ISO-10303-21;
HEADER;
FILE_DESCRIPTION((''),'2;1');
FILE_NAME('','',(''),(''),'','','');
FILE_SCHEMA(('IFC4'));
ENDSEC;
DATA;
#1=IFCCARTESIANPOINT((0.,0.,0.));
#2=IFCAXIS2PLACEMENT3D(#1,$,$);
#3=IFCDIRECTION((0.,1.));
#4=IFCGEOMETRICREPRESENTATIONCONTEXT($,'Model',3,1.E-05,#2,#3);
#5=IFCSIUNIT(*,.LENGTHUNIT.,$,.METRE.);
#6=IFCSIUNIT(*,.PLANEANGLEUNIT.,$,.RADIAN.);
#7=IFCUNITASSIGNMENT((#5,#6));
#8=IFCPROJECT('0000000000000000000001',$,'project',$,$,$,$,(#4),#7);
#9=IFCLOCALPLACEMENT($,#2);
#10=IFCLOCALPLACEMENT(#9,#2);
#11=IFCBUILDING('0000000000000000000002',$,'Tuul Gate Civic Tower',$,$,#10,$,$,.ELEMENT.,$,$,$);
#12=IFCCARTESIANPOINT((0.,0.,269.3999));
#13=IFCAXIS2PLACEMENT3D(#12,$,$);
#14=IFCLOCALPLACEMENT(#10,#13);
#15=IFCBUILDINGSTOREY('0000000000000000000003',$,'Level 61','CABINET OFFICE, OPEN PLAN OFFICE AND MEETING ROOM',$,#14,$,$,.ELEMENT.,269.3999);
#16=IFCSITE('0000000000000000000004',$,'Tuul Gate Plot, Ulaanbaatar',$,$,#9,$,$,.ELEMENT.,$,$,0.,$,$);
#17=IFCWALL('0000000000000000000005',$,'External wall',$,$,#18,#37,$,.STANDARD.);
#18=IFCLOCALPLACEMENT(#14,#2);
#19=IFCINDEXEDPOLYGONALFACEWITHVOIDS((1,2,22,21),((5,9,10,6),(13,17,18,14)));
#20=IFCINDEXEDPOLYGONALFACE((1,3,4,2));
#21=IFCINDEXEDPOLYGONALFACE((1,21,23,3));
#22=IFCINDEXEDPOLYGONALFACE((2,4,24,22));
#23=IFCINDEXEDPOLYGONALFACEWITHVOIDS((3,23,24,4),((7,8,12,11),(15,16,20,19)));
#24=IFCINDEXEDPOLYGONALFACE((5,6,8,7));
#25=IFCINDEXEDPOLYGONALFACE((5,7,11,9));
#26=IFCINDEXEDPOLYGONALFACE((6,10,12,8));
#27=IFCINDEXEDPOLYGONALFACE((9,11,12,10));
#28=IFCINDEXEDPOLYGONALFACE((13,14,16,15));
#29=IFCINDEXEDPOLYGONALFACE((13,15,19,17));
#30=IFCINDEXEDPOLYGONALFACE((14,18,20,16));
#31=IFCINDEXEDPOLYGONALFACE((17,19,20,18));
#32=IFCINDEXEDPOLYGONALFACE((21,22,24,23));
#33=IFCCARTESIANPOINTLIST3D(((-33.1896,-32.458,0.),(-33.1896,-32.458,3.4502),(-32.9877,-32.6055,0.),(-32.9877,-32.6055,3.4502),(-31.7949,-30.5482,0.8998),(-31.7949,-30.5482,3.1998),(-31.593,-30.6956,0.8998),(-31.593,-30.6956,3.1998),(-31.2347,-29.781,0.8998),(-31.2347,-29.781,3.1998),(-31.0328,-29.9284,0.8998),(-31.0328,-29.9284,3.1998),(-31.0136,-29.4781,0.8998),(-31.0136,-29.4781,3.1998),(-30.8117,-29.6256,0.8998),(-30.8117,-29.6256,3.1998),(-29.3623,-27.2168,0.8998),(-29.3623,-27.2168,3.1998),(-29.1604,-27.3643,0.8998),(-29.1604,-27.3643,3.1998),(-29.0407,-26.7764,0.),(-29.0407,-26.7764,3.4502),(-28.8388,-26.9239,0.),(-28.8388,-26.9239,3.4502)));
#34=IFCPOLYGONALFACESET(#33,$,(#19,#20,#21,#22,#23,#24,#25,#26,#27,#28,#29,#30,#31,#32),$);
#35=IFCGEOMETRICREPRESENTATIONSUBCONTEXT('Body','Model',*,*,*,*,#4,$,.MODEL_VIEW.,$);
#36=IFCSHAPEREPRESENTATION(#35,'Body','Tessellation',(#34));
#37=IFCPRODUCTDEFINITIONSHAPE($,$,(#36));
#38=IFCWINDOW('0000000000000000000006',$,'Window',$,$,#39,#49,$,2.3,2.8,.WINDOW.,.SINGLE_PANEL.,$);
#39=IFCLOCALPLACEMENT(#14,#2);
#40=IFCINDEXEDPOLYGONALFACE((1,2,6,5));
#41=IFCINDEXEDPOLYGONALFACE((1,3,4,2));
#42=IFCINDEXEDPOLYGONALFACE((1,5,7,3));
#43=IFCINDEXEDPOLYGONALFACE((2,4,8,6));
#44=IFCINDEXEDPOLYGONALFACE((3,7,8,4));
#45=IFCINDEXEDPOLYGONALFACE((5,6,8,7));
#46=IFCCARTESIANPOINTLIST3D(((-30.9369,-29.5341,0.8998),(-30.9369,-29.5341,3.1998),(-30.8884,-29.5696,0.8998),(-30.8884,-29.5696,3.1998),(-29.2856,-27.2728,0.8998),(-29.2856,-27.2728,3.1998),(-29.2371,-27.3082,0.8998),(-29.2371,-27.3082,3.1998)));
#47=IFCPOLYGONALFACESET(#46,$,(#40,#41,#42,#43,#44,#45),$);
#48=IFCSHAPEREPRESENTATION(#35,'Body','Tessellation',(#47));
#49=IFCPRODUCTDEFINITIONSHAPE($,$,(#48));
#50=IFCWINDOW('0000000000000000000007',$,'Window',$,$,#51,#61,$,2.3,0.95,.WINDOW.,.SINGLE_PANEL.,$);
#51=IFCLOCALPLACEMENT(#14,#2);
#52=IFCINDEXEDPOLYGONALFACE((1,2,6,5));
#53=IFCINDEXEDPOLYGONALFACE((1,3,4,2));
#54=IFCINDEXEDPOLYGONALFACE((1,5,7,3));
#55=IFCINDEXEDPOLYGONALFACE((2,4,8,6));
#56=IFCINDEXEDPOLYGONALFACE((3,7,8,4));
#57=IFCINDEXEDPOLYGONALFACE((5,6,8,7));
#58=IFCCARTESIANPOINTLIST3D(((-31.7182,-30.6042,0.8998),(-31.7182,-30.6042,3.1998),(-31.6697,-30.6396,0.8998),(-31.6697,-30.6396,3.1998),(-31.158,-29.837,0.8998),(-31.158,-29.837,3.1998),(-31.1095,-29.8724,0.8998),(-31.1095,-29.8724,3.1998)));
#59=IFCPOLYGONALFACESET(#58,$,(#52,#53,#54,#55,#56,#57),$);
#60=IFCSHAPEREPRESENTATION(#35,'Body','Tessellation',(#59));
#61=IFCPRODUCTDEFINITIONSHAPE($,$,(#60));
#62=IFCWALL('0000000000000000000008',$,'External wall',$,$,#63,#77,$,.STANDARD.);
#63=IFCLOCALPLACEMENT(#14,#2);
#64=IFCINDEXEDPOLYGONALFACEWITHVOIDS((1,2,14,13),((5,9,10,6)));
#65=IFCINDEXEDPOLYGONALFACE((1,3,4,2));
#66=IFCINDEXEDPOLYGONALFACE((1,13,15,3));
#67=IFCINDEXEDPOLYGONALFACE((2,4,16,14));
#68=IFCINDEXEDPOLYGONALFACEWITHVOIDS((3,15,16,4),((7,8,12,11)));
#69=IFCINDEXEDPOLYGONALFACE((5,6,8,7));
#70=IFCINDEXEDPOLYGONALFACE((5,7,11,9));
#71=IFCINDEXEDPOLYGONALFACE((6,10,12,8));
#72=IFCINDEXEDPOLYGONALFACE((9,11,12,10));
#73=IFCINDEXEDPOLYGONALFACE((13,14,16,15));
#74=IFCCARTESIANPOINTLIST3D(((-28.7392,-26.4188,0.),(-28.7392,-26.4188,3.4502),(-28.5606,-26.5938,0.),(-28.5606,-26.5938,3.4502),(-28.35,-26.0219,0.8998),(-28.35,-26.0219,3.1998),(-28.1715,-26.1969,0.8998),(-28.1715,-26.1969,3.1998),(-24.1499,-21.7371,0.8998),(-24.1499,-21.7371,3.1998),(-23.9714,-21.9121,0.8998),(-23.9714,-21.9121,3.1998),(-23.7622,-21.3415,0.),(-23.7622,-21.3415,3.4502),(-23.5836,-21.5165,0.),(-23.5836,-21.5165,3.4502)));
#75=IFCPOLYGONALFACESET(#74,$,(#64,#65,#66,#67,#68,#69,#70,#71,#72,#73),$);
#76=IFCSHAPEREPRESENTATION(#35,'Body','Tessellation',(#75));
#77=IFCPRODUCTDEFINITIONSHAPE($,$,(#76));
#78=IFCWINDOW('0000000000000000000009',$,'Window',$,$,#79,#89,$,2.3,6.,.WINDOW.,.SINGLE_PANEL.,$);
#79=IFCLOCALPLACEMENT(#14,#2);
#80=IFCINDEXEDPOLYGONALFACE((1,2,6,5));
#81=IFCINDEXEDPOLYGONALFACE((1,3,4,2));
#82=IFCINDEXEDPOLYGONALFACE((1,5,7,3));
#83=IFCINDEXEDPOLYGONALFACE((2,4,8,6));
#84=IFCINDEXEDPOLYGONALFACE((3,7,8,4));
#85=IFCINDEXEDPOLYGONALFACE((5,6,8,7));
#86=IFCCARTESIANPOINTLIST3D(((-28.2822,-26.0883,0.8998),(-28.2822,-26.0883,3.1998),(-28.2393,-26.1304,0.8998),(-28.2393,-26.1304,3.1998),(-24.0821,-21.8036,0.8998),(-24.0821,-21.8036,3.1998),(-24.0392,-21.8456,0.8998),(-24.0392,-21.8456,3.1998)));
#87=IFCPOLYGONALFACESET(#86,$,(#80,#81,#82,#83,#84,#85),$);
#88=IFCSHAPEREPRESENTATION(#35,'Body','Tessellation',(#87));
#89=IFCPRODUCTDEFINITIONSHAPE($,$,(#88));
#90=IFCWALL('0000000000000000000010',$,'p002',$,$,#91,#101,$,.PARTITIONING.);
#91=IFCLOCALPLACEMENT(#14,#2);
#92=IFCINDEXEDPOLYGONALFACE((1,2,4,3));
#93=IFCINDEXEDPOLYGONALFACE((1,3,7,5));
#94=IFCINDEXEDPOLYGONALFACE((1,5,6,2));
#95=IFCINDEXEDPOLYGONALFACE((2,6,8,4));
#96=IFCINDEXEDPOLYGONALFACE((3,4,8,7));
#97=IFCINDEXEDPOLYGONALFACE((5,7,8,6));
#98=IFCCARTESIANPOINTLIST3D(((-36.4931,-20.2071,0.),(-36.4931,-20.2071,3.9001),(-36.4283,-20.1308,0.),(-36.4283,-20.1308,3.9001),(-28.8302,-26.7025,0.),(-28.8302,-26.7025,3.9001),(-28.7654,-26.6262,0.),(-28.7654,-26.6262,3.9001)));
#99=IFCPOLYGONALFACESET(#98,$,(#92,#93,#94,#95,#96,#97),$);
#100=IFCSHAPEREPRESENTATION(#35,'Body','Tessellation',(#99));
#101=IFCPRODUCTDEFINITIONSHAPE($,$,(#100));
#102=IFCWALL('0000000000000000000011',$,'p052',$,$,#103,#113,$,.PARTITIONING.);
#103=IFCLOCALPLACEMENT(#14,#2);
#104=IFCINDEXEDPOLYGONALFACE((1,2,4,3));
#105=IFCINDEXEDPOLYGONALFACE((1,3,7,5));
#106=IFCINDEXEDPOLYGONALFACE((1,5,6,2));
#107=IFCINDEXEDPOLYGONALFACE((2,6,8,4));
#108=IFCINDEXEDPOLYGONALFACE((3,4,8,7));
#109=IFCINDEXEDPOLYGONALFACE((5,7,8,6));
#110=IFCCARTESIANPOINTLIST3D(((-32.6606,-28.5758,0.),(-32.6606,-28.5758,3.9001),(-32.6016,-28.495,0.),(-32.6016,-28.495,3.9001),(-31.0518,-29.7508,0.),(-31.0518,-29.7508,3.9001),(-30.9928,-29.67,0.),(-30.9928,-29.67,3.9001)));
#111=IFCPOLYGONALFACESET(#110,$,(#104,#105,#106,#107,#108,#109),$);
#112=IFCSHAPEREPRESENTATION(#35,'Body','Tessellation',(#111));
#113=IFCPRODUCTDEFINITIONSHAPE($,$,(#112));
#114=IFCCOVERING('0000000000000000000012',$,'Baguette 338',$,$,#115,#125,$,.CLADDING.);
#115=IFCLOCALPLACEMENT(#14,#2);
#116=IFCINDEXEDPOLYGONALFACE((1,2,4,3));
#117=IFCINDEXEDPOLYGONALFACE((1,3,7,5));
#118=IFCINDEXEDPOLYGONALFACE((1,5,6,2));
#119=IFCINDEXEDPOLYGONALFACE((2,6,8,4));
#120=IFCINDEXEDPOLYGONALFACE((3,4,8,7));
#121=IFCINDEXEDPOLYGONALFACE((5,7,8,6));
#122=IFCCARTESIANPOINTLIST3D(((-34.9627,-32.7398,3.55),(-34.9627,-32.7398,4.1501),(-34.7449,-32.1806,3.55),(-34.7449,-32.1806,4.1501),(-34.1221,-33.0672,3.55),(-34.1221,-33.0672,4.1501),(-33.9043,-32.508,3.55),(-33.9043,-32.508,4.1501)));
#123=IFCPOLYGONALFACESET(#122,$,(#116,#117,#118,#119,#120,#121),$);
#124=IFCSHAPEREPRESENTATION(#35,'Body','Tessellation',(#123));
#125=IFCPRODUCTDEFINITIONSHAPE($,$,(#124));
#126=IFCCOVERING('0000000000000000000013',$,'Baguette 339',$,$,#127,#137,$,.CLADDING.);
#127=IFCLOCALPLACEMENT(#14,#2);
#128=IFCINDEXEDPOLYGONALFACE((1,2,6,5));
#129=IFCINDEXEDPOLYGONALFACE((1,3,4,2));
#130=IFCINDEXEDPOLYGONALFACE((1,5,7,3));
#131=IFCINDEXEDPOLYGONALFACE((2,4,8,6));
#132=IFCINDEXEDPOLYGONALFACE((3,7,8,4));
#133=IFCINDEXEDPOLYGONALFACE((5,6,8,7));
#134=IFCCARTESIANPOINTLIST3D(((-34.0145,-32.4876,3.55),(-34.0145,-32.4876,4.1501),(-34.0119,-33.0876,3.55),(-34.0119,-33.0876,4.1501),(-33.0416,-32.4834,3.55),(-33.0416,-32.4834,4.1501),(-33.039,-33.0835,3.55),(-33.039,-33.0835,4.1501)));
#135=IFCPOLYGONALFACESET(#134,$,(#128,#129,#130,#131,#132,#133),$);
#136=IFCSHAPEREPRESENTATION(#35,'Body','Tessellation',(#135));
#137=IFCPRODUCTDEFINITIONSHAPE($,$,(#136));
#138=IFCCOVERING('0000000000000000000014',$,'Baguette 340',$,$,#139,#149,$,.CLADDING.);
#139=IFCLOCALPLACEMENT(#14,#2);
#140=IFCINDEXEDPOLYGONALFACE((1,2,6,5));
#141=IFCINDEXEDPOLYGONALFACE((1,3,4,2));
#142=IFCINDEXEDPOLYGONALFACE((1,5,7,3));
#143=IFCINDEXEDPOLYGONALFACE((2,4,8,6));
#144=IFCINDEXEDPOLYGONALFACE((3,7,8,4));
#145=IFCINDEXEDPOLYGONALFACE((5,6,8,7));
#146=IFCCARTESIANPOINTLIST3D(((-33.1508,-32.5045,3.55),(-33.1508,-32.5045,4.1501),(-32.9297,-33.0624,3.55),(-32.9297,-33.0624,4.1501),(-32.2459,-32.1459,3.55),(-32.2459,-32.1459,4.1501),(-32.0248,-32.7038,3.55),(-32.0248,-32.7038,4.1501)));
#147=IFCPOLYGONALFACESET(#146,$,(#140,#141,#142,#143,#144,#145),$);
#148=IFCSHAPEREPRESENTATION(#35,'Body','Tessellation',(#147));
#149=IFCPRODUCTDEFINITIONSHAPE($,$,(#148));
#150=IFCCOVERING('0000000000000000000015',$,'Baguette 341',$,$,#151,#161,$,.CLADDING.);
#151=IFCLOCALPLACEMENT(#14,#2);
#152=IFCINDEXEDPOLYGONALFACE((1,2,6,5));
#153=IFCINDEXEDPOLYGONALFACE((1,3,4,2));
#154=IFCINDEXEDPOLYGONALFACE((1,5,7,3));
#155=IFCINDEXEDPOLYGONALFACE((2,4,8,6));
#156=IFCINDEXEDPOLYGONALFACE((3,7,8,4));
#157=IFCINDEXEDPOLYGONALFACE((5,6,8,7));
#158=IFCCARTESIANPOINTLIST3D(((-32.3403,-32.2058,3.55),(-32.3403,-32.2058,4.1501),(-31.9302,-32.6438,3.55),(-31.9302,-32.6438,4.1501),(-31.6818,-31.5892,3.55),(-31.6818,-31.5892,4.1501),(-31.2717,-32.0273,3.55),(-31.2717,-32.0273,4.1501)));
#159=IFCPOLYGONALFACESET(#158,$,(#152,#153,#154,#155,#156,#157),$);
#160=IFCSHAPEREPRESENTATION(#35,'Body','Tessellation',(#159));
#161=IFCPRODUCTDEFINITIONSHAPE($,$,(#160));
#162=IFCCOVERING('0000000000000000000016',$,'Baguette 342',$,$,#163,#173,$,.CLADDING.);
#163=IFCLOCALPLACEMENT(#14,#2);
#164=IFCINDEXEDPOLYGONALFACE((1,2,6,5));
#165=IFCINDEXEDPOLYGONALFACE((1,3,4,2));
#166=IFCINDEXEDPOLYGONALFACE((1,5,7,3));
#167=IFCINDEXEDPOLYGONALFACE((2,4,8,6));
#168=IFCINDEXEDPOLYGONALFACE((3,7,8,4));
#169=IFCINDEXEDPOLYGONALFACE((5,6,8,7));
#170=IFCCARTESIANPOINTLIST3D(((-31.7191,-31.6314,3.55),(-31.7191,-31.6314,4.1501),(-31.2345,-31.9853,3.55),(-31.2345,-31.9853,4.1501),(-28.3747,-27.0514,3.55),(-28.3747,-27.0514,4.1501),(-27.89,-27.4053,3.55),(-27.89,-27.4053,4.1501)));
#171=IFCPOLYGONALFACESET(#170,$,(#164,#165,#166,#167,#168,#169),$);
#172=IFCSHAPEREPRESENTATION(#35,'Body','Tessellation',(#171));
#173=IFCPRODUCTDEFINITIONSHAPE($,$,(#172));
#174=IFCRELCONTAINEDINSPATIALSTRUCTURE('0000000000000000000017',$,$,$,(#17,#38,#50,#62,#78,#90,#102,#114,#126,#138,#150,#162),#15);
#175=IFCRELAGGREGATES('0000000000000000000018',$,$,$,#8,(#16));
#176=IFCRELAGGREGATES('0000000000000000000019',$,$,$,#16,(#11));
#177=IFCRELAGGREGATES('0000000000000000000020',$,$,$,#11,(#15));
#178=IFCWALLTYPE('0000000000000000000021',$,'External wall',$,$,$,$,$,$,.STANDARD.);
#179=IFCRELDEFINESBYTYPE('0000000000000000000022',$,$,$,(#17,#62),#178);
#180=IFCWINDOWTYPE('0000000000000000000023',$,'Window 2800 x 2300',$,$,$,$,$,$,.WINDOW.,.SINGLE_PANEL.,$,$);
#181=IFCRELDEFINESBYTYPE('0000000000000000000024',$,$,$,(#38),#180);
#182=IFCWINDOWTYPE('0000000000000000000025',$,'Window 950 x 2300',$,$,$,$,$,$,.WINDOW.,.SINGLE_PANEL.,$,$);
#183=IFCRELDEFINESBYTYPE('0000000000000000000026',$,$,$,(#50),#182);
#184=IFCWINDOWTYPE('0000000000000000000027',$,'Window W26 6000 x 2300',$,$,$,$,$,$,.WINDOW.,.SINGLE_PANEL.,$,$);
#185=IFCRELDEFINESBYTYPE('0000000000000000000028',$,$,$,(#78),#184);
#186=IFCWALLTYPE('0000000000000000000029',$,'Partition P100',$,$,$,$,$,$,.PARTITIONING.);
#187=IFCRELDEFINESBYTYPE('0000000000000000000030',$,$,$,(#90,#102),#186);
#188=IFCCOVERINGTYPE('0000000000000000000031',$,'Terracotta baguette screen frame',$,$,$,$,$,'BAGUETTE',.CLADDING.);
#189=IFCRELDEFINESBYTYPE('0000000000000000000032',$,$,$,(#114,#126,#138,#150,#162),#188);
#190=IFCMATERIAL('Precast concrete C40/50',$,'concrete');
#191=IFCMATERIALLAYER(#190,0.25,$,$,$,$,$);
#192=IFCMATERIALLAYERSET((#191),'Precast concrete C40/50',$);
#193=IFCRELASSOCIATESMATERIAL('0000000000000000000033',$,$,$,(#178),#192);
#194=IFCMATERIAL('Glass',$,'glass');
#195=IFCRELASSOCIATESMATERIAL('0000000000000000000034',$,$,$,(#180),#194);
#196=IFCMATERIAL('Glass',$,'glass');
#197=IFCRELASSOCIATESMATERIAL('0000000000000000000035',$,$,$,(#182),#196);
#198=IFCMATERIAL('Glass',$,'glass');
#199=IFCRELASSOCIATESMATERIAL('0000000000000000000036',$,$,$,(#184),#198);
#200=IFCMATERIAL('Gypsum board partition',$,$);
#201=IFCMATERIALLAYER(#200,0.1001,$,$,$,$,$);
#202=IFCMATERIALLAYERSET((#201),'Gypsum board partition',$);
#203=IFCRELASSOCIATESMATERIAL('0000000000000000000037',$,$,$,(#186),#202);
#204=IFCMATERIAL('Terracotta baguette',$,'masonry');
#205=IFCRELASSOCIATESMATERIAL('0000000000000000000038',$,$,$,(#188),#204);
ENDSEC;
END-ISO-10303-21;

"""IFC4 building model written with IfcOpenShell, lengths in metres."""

from ifc_helpers import new_model, si_unit, direction, frame, frame_2d, origin, origin_2d, place, context, subcontext, project, spatial, rectangle, extrude, material, layer, layer_set, material_profile, profile_set, type_object, element, fill, save


model = new_model("IFC4")

# Units and contexts
model_context = context("Model", 3, precision=1e-05, world=origin(), true_north=direction((0.0, 1.0)))
body_context = subcontext(model_context, "Body", "Model", "MODEL_VIEW")
ifc_project = project(units=[si_unit("LENGTHUNIT", "METRE"), si_unit("PLANEANGLEUNIT", "RADIAN")], contexts=[model_context])

# Site, building, storey
site_placement = place(None, origin())
site = spatial("IfcSite", under=ifc_project, at=site_placement, Name="Tuul Gate Plot, Ulaanbaatar", CompositionType="ELEMENT", RefElevation=0.0)
building_placement = place(site_placement, origin())
building = spatial("IfcBuilding", under=site, at=building_placement, Name="Tuul Gate Civic Tower", CompositionType="ELEMENT")
storey_placement = place(building_placement, frame((0.0, 0.0, 269.3999)))
storey = spatial("IfcBuildingStorey", under=building, at=storey_placement, Name="Level 61", Description="CABINET OFFICE, OPEN PLAN OFFICE AND MEETING ROOM", CompositionType="ELEMENT", Elevation=269.3999)

# Wall, openings, windows
ifc_material_1 = material(Name="Precast concrete C40/50", Category="concrete")
ifc_layer_1 = layer(ifc_material_1, 0.25)
ifc_layer_set_1 = layer_set([ifc_layer_1], Name="Precast concrete C40/50")
wall_type_1 = type_object("IfcWallType", Name="External wall", PredefinedType="STANDARD", material=ifc_layer_set_1)
wall_1_placement = place(storey_placement, frame((-33.0886, -32.5317, 0.0), z_axis=(0.0, 0.0, 1.0), x_axis=(0.589735, 0.807597, 0.0)))
wall_1 = element("IfcWall", 1, at=wall_1_placement, inside=storey, type_object=wall_type_1, Name="External wall", PredefinedType="STANDARD", context=body_context, shape_type="SweptSolid", body=[
    extrude(rectangle(XDim=7.0352, YDim=0.25, at=frame_2d((3.5176, 0.0))), origin(), (0.0, 0.0, 1.0), 3.4502),
])
opening_1_placement = place(wall_1_placement, frame((2.3647, 0.0, 0.8999)))
opening_1 = element("IfcOpeningElement", 2, at=opening_1_placement, cuts=wall_1, PredefinedType="OPENING", context=body_context, shape_type="SweptSolid", body=[
    extrude(rectangle(XDim=0.95, YDim=2.3, at=frame_2d((0.4751, 1.1499))), frame((0.0, 0.135, 0.0), z_axis=(0.0, -1.0, 0.0), x_axis=(1.0, 0.0, 0.0)), (0.0, 0.0, 1.0), 0.27),
])
opening_2_placement = place(wall_1_placement, frame((3.6899, 0.0, 0.8999)))
opening_2 = element("IfcOpeningElement", 3, at=opening_2_placement, cuts=wall_1, PredefinedType="OPENING", context=body_context, shape_type="SweptSolid", body=[
    extrude(rectangle(XDim=2.8, YDim=2.3, at=frame_2d((1.3999, 1.1499))), frame((0.0, 0.135, 0.0), z_axis=(0.0, -1.0, 0.0), x_axis=(1.0, 0.0, 0.0)), (0.0, 0.0, 1.0), 0.27),
])
ifc_material_2 = material(Name="Glass", Category="glass")
window_type_1 = type_object("IfcWindowType", Name="Window 2800 x 2300", PartitioningType="SINGLE_PANEL", PredefinedType="WINDOW", material=ifc_material_2)
window_1_placement = place(opening_2_placement, origin())
window_1 = element("IfcWindow", 4, at=window_1_placement, inside=storey, type_object=window_type_1, Name="Window", OverallHeight=2.3, OverallWidth=2.8, PartitioningType="SINGLE_PANEL", PredefinedType="WINDOW", context=body_context, shape_type="SweptSolid", body=[
    extrude(rectangle(XDim=2.8, YDim=2.3, at=frame_2d((1.3999, 1.1499))), frame((0.0, 0.03, 0.0), z_axis=(0.0, -1.0, 0.0), x_axis=(1.0, 0.0, 0.0)), (0.0, 0.0, 1.0), 0.0601),
])
fill(opening_2, window_1)
ifc_material_3 = material(Name="Glass", Category="glass")
window_type_2 = type_object("IfcWindowType", Name="Window 950 x 2300", PartitioningType="SINGLE_PANEL", PredefinedType="WINDOW", material=ifc_material_3)
window_2_placement = place(opening_1_placement, origin())
window_2 = element("IfcWindow", 5, at=window_2_placement, inside=storey, type_object=window_type_2, Name="Window", OverallHeight=2.3, OverallWidth=0.95, PartitioningType="SINGLE_PANEL", PredefinedType="WINDOW", context=body_context, shape_type="SweptSolid", body=[
    extrude(rectangle(XDim=0.95, YDim=2.3, at=frame_2d((0.4751, 1.1499))), frame((0.0, 0.03, 0.0), z_axis=(0.0, -1.0, 0.0), x_axis=(1.0, 0.0, 0.0)), (0.0, 0.0, 1.0), 0.0601),
])
fill(opening_1, window_2)

# Wall, opening, window
wall_2_placement = place(storey_placement, frame((-28.6499, -26.5063, 0.0), z_axis=(0.0, 0.0, 1.0), x_axis=(0.700015, 0.714128, 0.0)))
wall_2 = element("IfcWall", 6, at=wall_2_placement, inside=storey, type_object=wall_type_1, Name="External wall", PredefinedType="STANDARD", context=body_context, shape_type="SweptSolid", body=[
    extrude(rectangle(XDim=7.1099, YDim=0.25, at=frame_2d((3.5549, 0.0))), origin(), (0.0, 0.0, 1.0), 3.4502),
])
opening_3_placement = place(wall_2_placement, frame((0.5559, 0.0, 0.8999)))
opening_3 = element("IfcOpeningElement", 7, at=opening_3_placement, cuts=wall_2, PredefinedType="OPENING", context=body_context, shape_type="SweptSolid", body=[
    extrude(rectangle(XDim=6.0, YDim=2.3, at=frame_2d((3.0, 1.1499))), frame((0.0, 0.135, 0.0), z_axis=(0.0, -1.0, 0.0), x_axis=(1.0, 0.0, 0.0)), (0.0, 0.0, 1.0), 0.27),
])
ifc_material_4 = material(Name="Glass", Category="glass")
window_type_3 = type_object("IfcWindowType", Name="Window W26 6000 x 2300", PartitioningType="SINGLE_PANEL", PredefinedType="WINDOW", material=ifc_material_4)
window_3_placement = place(opening_3_placement, origin())
window_3 = element("IfcWindow", 8, at=window_3_placement, inside=storey, type_object=window_type_3, Name="Window", OverallHeight=2.3, OverallWidth=6.0, PartitioningType="SINGLE_PANEL", PredefinedType="WINDOW", context=body_context, shape_type="SweptSolid", body=[
    extrude(rectangle(XDim=6.0, YDim=2.3, at=frame_2d((3.0, 1.1499))), frame((0.0, 0.03, 0.0), z_axis=(0.0, -1.0, 0.0), x_axis=(1.0, 0.0, 0.0)), (0.0, 0.0, 1.0), 0.0601),
])
fill(opening_3, window_3)

# Walls
ifc_material_5 = material(Name="Gypsum board partition")
ifc_layer_2 = layer(ifc_material_5, 0.1001)
ifc_layer_set_2 = layer_set([ifc_layer_2], Name="Gypsum board partition")
wall_type_2 = type_object("IfcWallType", Name="Partition P100", PredefinedType="PARTITIONING", material=ifc_layer_set_2)
wall_3_placement = place(storey_placement, frame((-36.4607, -20.1689, 0.0), z_axis=(0.0, 0.0, 1.0), x_axis=(0.762826, -0.646604, 0.0)))
element("IfcWall", 9, at=wall_3_placement, inside=storey, type_object=wall_type_2, Name="p002", PredefinedType="PARTITIONING", context=body_context, shape_type="SweptSolid", body=[
    extrude(rectangle(XDim=10.0454, YDim=0.1001, at=frame_2d((5.0227, 0.0))), origin(), (0.0, 0.0, 1.0), 3.9001),
])
wall_4_placement = place(storey_placement, frame((-32.6311, -28.5354, 0.0), z_axis=(0.0, 0.0, 1.0), x_axis=(0.807553, -0.589795, 0.0)))
element("IfcWall", 10, at=wall_4_placement, inside=storey, type_object=wall_type_2, Name="p052", PredefinedType="PARTITIONING", context=body_context, shape_type="SweptSolid", body=[
    extrude(rectangle(XDim=1.9922, YDim=0.1001, at=frame_2d((0.9961, 0.0))), origin(), (0.0, 0.0, 1.0), 3.9001),
])

# Coverings
ifc_material_6 = material(Name="Terracotta baguette", Category="masonry")
ifc_material_profile_1 = material_profile(ifc_material_6, rectangle(XDim=0.6001, YDim=0.6001, at=origin_2d()), Name="Terracotta baguette screen frame")
ifc_profile_set_1 = profile_set([ifc_material_profile_1], Name="Terracotta baguette")
covering_type = type_object("IfcCoveringType", Name="Terracotta baguette screen frame", ElementType="BAGUETTE", PredefinedType="CLADDING", material=ifc_profile_set_1)
covering_1_placement = place(storey_placement, frame((-34.8538, -32.4602, 3.8501), z_axis=(0.931817, -0.362929, 0.0), x_axis=(0.362929, 0.931817, 0.0)))
element("IfcCovering", 11, at=covering_1_placement, inside=storey, type_object=covering_type, Name="Baguette 338", PredefinedType="CLADDING", context=body_context, shape_type="SweptSolid", body=[
    extrude(rectangle(XDim=0.6001, YDim=0.6001, at=origin_2d()), origin(), (0.0, 0.0, 1.0), 0.9021),
])
covering_2_placement = place(storey_placement, frame((-34.0132, -32.7876, 3.8501), z_axis=(0.999991, 0.004266, 0.0), x_axis=(-0.004266, 0.999991, 0.0)))
element("IfcCovering", 12, at=covering_2_placement, inside=storey, type_object=covering_type, Name="Baguette 339", PredefinedType="CLADDING", context=body_context, shape_type="SweptSolid", body=[
    extrude(rectangle(XDim=0.6001, YDim=0.6001, at=origin_2d()), origin(), (0.0, 0.0, 1.0), 0.9729),
])
covering_3_placement = place(storey_placement, frame((-33.0403, -32.7834, 3.8501), z_axis=(0.929665, 0.368405, 0.0), x_axis=(-0.368405, 0.929665, 0.0)))
element("IfcCovering", 13, at=covering_3_placement, inside=storey, type_object=covering_type, Name="Baguette 340", PredefinedType="CLADDING", context=body_context, shape_type="SweptSolid", body=[
    extrude(rectangle(XDim=0.6001, YDim=0.6001, at=origin_2d()), origin(), (0.0, 0.0, 1.0), 0.9734),
])
covering_4_placement = place(storey_placement, frame((-32.1353, -32.4248, 3.8501), z_axis=(0.730001, 0.683446, 0.0), x_axis=(-0.683446, 0.730001, 0.0)))
element("IfcCovering", 14, at=covering_4_placement, inside=storey, type_object=covering_type, Name="Baguette 341", PredefinedType="CLADDING", context=body_context, shape_type="SweptSolid", body=[
    extrude(rectangle(XDim=0.6001, YDim=0.6001, at=origin_2d()), origin(), (0.0, 0.0, 1.0), 0.9021),
])
covering_5_placement = place(storey_placement, frame((-31.4768, -31.8083, 3.8501), z_axis=(0.589729, 0.807601, 0.0), x_axis=(-0.807601, 0.589729, 0.0)))
element("IfcCovering", 15, at=covering_5_placement, inside=storey, type_object=covering_type, Name="Baguette 342", PredefinedType="CLADDING", context=body_context, shape_type="SweptSolid", body=[
    extrude(rectangle(XDim=0.6001, YDim=0.6001, at=origin_2d()), origin(), (0.0, 0.0, 1.0), 5.6711),
])

save(model, "model.ifc")
